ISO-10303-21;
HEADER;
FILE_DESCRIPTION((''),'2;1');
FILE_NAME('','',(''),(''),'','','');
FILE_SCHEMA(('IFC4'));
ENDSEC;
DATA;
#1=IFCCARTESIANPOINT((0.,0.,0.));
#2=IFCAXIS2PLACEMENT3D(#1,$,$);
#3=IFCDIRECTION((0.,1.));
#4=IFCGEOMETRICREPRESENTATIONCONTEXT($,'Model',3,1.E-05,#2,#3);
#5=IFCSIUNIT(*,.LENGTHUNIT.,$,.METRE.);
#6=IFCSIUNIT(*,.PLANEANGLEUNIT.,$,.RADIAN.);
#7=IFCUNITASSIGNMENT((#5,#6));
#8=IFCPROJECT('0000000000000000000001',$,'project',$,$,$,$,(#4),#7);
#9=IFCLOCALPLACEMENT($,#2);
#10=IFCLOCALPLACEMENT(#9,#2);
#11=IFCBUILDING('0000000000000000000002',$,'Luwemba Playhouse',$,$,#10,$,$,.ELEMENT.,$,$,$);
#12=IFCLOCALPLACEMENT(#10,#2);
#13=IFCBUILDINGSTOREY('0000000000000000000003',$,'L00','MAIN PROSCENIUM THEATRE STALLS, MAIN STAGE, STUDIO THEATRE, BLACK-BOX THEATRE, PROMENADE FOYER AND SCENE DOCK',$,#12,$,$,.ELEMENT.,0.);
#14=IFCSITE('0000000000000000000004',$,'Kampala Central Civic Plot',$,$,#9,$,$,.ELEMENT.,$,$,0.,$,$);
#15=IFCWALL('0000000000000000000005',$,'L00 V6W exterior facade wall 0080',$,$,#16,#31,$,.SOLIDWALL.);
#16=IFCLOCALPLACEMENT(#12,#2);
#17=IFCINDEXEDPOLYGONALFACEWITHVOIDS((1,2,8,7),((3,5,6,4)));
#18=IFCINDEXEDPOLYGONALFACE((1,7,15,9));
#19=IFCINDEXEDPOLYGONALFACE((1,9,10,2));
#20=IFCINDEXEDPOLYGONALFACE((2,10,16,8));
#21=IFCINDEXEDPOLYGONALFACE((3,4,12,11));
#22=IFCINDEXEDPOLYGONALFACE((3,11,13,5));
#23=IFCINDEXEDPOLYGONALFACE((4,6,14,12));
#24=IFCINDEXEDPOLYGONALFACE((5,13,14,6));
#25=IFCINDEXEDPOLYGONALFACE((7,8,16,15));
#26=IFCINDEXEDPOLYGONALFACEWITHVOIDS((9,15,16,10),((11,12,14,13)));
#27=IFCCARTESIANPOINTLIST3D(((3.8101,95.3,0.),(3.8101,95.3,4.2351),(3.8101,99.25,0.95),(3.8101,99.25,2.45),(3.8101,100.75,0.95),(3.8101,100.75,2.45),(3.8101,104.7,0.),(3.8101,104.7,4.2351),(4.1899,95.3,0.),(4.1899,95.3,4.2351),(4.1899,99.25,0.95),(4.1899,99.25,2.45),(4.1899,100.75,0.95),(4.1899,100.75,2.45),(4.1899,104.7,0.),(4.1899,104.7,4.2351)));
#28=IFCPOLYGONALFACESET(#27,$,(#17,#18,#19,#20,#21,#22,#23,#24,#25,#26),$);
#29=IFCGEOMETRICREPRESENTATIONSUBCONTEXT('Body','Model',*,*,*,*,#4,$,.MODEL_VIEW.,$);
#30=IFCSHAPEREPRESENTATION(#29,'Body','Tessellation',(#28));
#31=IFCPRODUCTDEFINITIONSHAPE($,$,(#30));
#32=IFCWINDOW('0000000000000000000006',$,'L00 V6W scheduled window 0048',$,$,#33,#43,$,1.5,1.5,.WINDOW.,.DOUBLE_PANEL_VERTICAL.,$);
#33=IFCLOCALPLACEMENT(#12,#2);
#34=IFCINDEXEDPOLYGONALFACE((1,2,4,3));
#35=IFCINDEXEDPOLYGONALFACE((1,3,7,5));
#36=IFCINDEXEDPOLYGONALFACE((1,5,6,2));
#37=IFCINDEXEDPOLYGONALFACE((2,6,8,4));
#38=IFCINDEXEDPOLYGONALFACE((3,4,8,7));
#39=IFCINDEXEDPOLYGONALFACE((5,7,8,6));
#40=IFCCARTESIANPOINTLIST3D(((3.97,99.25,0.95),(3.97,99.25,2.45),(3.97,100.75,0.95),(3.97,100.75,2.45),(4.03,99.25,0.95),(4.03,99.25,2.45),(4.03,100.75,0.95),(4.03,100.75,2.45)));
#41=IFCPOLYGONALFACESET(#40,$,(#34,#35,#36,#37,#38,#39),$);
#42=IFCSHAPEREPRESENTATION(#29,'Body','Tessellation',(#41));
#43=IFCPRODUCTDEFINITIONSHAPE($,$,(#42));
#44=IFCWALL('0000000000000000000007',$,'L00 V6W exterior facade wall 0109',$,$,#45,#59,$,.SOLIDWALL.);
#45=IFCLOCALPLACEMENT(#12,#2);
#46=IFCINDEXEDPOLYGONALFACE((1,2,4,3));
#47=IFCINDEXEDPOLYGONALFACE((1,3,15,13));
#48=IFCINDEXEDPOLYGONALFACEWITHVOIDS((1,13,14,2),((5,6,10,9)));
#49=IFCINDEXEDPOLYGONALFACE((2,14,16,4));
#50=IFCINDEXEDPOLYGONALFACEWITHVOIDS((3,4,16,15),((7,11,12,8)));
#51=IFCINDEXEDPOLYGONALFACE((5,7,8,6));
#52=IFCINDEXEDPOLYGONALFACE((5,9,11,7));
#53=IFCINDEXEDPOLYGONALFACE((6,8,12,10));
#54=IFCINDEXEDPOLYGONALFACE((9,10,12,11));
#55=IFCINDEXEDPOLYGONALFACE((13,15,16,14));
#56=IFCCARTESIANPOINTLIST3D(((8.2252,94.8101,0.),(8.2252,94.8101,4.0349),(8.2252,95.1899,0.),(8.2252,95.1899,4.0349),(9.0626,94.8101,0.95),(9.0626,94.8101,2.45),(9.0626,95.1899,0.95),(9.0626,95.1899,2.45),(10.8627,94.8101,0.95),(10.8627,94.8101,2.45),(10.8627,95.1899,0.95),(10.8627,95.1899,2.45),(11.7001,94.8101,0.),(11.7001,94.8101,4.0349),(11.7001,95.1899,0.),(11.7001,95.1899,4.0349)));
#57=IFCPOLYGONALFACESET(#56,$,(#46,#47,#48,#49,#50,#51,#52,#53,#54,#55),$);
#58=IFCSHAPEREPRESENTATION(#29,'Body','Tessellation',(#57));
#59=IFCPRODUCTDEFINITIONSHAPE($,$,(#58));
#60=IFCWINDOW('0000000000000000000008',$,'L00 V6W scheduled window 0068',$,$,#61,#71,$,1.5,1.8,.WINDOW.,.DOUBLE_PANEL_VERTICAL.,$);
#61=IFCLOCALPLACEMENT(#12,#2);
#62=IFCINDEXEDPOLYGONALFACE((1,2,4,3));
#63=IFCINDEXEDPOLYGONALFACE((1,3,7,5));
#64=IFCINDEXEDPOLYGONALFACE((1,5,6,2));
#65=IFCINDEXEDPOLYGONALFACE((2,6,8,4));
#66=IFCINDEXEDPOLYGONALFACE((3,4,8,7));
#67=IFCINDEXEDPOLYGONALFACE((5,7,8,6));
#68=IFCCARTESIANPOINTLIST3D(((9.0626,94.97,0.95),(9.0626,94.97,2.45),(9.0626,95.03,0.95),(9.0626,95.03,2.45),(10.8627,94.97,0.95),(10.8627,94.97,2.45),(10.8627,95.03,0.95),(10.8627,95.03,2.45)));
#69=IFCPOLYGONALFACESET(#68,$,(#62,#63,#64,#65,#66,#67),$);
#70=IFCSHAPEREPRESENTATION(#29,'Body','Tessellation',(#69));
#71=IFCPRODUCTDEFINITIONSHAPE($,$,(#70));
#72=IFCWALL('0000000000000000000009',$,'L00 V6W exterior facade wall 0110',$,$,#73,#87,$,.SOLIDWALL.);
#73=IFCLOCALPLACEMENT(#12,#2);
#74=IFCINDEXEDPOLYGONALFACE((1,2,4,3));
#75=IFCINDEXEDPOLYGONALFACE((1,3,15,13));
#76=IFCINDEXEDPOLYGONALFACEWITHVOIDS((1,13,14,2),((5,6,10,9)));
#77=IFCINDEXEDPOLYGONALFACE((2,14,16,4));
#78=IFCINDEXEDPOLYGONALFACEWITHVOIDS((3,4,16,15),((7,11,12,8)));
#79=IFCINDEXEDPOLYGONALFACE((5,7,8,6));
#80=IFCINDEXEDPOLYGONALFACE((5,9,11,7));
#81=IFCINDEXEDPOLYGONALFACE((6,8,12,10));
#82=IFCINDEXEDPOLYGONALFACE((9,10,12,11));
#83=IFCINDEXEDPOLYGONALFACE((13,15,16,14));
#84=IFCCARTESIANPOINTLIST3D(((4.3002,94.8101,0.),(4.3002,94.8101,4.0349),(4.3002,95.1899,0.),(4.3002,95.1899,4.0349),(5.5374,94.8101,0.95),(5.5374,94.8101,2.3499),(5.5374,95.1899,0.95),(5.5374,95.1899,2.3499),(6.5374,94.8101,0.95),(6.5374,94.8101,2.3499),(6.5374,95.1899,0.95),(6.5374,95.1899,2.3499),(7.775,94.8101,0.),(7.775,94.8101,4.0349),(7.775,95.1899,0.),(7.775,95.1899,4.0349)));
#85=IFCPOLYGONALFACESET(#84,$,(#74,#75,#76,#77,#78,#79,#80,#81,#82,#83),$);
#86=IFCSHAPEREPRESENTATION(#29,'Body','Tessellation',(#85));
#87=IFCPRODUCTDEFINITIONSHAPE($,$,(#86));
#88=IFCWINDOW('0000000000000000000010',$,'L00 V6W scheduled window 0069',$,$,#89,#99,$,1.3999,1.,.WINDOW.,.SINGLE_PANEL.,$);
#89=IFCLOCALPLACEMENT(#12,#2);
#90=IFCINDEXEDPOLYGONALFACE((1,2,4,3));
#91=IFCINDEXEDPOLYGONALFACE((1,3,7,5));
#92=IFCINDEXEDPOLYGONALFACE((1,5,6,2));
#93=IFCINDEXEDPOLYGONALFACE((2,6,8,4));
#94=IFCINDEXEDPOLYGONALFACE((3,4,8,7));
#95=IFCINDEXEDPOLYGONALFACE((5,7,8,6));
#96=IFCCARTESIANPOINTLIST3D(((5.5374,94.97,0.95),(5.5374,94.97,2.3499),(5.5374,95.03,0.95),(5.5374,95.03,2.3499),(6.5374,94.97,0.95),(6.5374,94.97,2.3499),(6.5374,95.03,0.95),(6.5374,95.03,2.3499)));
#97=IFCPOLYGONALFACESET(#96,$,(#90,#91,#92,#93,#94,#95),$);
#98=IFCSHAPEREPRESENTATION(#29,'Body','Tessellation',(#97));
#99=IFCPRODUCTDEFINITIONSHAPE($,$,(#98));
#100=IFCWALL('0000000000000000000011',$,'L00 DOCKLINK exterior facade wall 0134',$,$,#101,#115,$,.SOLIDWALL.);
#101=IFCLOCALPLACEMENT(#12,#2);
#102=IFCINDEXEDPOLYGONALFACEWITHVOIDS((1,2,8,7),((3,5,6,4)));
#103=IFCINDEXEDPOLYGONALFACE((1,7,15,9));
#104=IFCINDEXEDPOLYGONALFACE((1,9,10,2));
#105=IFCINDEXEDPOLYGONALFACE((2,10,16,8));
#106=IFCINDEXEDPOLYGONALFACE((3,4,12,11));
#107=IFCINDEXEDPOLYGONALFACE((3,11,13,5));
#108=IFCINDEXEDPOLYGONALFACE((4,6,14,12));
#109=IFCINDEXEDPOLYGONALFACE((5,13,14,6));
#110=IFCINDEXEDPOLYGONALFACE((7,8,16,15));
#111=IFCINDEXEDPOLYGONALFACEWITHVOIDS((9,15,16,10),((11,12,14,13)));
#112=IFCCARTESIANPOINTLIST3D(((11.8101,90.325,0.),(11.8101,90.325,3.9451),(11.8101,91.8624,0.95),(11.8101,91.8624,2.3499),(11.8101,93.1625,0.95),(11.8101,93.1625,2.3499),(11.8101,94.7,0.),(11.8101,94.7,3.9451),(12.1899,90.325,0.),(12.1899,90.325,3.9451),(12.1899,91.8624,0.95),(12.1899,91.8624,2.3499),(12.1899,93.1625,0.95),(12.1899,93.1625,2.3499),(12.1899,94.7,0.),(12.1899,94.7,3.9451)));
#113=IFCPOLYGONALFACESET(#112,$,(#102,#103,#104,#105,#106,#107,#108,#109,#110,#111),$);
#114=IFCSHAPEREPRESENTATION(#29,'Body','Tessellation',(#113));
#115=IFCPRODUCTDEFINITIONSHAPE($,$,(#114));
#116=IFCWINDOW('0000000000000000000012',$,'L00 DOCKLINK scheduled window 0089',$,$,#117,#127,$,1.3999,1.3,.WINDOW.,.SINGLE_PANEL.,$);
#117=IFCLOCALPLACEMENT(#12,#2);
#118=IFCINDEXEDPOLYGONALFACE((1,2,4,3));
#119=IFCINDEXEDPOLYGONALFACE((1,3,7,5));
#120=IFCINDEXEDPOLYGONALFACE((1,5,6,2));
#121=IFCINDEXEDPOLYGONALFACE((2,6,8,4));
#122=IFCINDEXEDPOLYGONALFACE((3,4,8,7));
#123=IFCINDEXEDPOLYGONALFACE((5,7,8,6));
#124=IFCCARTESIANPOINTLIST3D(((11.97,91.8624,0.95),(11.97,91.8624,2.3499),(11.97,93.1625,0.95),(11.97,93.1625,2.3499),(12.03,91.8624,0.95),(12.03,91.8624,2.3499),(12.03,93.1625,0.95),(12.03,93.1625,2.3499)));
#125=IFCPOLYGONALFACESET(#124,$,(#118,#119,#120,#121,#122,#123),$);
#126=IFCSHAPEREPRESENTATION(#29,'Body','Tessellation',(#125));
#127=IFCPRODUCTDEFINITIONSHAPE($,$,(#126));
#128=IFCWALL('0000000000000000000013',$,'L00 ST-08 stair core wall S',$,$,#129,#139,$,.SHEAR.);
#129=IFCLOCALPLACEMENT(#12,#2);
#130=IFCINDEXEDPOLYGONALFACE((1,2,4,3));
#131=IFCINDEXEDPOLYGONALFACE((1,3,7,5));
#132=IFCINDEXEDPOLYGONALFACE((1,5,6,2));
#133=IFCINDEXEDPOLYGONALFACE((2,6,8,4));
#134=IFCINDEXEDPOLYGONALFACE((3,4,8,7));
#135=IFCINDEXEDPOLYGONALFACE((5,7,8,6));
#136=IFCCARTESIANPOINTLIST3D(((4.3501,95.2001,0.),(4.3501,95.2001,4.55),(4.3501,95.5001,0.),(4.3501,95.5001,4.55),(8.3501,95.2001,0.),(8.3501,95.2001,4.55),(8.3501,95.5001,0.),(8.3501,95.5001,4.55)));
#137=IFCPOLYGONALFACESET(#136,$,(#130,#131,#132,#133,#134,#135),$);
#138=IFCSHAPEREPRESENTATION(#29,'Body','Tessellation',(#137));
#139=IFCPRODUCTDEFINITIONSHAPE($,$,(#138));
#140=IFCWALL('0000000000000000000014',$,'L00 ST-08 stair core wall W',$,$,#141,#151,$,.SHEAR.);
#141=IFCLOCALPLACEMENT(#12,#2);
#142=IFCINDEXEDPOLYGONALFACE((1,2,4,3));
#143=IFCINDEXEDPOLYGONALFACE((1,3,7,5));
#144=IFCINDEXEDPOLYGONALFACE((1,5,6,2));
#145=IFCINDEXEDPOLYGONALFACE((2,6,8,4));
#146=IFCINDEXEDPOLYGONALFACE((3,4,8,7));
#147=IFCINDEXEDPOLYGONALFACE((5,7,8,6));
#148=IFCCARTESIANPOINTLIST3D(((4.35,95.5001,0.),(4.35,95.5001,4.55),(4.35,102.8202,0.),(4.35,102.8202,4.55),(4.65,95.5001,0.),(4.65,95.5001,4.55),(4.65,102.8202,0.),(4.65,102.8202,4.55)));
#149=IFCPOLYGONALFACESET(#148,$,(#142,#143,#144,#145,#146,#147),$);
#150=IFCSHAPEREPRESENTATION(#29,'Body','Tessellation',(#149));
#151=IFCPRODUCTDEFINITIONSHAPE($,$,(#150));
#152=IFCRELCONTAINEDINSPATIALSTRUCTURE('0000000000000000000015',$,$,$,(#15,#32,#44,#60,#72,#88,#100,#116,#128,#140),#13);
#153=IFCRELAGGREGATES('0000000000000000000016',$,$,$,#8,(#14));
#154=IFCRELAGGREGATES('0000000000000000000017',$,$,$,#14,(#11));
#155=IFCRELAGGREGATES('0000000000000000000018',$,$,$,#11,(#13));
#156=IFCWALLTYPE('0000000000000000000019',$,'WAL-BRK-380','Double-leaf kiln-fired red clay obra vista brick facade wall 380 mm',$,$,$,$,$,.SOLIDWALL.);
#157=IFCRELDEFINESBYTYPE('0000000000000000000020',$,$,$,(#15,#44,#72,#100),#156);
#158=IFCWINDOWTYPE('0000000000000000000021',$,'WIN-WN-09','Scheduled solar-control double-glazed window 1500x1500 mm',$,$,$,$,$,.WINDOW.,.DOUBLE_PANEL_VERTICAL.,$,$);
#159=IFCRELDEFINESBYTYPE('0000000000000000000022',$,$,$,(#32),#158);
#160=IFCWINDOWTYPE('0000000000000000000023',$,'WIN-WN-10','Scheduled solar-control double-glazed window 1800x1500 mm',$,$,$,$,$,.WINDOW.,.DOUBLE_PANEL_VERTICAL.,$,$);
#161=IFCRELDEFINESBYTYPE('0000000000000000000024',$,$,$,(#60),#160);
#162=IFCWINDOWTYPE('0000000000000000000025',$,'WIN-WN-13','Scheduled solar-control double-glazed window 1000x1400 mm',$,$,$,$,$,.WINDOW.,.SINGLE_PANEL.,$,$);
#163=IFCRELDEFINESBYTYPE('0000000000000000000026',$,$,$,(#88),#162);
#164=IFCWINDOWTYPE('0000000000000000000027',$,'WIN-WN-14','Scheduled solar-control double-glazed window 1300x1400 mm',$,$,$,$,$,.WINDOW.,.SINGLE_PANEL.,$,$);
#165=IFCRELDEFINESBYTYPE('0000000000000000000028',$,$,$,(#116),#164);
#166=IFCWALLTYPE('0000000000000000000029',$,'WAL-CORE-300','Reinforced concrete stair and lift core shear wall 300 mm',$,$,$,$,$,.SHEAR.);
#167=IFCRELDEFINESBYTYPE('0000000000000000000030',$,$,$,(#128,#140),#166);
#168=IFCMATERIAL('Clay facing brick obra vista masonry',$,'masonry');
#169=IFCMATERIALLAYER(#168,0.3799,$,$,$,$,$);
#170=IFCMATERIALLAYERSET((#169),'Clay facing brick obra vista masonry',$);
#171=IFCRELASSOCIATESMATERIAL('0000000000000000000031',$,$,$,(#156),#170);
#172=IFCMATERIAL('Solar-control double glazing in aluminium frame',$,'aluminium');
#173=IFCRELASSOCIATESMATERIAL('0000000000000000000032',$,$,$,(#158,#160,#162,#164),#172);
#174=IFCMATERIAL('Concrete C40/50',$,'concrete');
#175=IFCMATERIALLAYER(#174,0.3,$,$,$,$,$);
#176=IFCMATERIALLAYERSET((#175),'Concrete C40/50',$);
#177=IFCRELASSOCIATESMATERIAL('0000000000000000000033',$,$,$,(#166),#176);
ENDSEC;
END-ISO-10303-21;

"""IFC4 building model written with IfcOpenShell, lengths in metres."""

from ifc_helpers import new_model, si_unit, direction, frame, frame_2d, origin, place, context, subcontext, project, spatial, rectangle, extrude, material, layer, layer_set, type_object, element, fill, save


model = new_model("IFC4")

# Units and contexts
model_context = context("Model", 3, precision=1e-05, world=origin(), true_north=direction((0.0, 1.0)))
body_context = subcontext(model_context, "Body", "Model", "MODEL_VIEW")
ifc_project = project(units=[si_unit("LENGTHUNIT", "METRE"), si_unit("PLANEANGLEUNIT", "RADIAN")], contexts=[model_context])

# Site, building, storey
site_placement = place(None, origin())
site = spatial("IfcSite", under=ifc_project, at=site_placement, Name="Kampala Central Civic Plot", CompositionType="ELEMENT", RefElevation=0.0)
building_placement = place(site_placement, origin())
building = spatial("IfcBuilding", under=site, at=building_placement, Name="Luwemba Playhouse", CompositionType="ELEMENT")
storey_placement = place(building_placement, origin())
storey = spatial("IfcBuildingStorey", under=building, at=storey_placement, Name="L00", Description="MAIN PROSCENIUM THEATRE STALLS, MAIN STAGE, STUDIO THEATRE, BLACK-BOX THEATRE, PROMENADE FOYER AND SCENE DOCK", CompositionType="ELEMENT", Elevation=0.0)

# Shared definitions
ifc_material_1 = material(Name="Concrete C40/50", Category="concrete")

# Shared definitions
ifc_material_2 = material(Name="Clay facing brick obra vista masonry", Category="masonry")
ifc_layer_1 = layer(ifc_material_2, 0.3799)
ifc_layer_set_1 = layer_set([ifc_layer_1], Name="Clay facing brick obra vista masonry")
wall_type_1 = type_object("IfcWallType", Name="WAL-BRK-380", Description="Double-leaf kiln-fired red clay obra vista brick facade wall 380 mm", PredefinedType="SOLIDWALL", material=ifc_layer_set_1)

# Walls, openings, windows
ifc_material_3 = material(Name="Solar-control double glazing in aluminium frame", Category="aluminium")
wall_1_placement = place(storey_placement, frame((4.0, 95.3, 0.0), z_axis=(0.0, 0.0, 1.0), x_axis=(0.0, 1.0, 0.0)))
wall_1 = element("IfcWall", 1, at=wall_1_placement, inside=storey, type_object=wall_type_1, Name="L00 V6W exterior facade wall 0080", PredefinedType="SOLIDWALL", context=body_context, shape_type="SweptSolid", body=[
    extrude(rectangle(XDim=9.3999, YDim=0.3799, at=frame_2d((4.7, 0.0))), origin(), (0.0, 0.0, 1.0), 4.2351),
])
opening_1_placement = place(wall_1_placement, frame((3.95, 0.0, 0.95)))
opening_1 = element("IfcOpeningElement", 2, at=opening_1_placement, cuts=wall_1, PredefinedType="OPENING", context=body_context, shape_type="SweptSolid", body=[
    extrude(rectangle(XDim=1.5, YDim=1.5, at=frame_2d((0.75, 0.75))), frame((0.0, 0.2, 0.0), z_axis=(0.0, -1.0, 0.0), x_axis=(1.0, 0.0, 0.0)), (0.0, 0.0, 1.0), 0.3999),
])
window_type_1 = type_object("IfcWindowType", Name="WIN-WN-09", Description="Scheduled solar-control double-glazed window 1500x1500 mm", PartitioningType="DOUBLE_PANEL_VERTICAL", PredefinedType="WINDOW", material=ifc_material_3)
window_1_placement = place(opening_1_placement, origin())
window_1 = element("IfcWindow", 3, at=window_1_placement, inside=storey, type_object=window_type_1, Name="L00 V6W scheduled window 0048", OverallHeight=1.5, OverallWidth=1.5, PartitioningType="DOUBLE_PANEL_VERTICAL", PredefinedType="WINDOW", context=body_context, shape_type="SweptSolid", body=[
    extrude(rectangle(XDim=1.5, YDim=1.5, at=frame_2d((0.75, 0.75))), frame((0.0, 0.03, 0.0), z_axis=(0.0, -1.0, 0.0), x_axis=(1.0, 0.0, 0.0)), (0.0, 0.0, 1.0), 0.0601),
])
fill(opening_1, window_1)
wall_2_placement = place(storey_placement, frame((11.7, 95.0, 0.0), z_axis=(0.0, 0.0, 1.0), x_axis=(-1.0, 0.0, 0.0)))
wall_2 = element("IfcWall", 4, at=wall_2_placement, inside=storey, type_object=wall_type_1, Name="L00 V6W exterior facade wall 0109", PredefinedType="SOLIDWALL", context=body_context, shape_type="SweptSolid", body=[
    extrude(rectangle(XDim=3.4749, YDim=0.3799, at=frame_2d((1.7373, 0.0))), origin(), (0.0, 0.0, 1.0), 4.0349),
])
opening_2_placement = place(wall_2_placement, frame((0.8374, 0.0, 0.95)))
opening_2 = element("IfcOpeningElement", 5, at=opening_2_placement, cuts=wall_2, PredefinedType="OPENING", context=body_context, shape_type="SweptSolid", body=[
    extrude(rectangle(XDim=1.8, YDim=1.5, at=frame_2d((0.8999, 0.75))), frame((0.0, 0.2, 0.0), z_axis=(0.0, -1.0, 0.0), x_axis=(1.0, 0.0, 0.0)), (0.0, 0.0, 1.0), 0.3999),
])
window_type_2 = type_object("IfcWindowType", Name="WIN-WN-10", Description="Scheduled solar-control double-glazed window 1800x1500 mm", PartitioningType="DOUBLE_PANEL_VERTICAL", PredefinedType="WINDOW", material=ifc_material_3)
window_2_placement = place(opening_2_placement, origin())
window_2 = element("IfcWindow", 6, at=window_2_placement, inside=storey, type_object=window_type_2, Name="L00 V6W scheduled window 0068", OverallHeight=1.5, OverallWidth=1.8, PartitioningType="DOUBLE_PANEL_VERTICAL", PredefinedType="WINDOW", context=body_context, shape_type="SweptSolid", body=[
    extrude(rectangle(XDim=1.8, YDim=1.5, at=frame_2d((0.8999, 0.75))), frame((0.0, 0.03, 0.0), z_axis=(0.0, -1.0, 0.0), x_axis=(1.0, 0.0, 0.0)), (0.0, 0.0, 1.0), 0.0601),
])
fill(opening_2, window_2)
wall_3_placement = place(storey_placement, frame((7.7749, 95.0, 0.0), z_axis=(0.0, 0.0, 1.0), x_axis=(-1.0, 0.0, 0.0)))
wall_3 = element("IfcWall", 7, at=wall_3_placement, inside=storey, type_object=wall_type_1, Name="L00 V6W exterior facade wall 0110", PredefinedType="SOLIDWALL", context=body_context, shape_type="SweptSolid", body=[
    extrude(rectangle(XDim=3.4749, YDim=0.3799, at=frame_2d((1.7373, 0.0))), origin(), (0.0, 0.0, 1.0), 4.0349),
])
opening_3_placement = place(wall_3_placement, frame((1.2375, 0.0, 0.95)))
opening_3 = element("IfcOpeningElement", 8, at=opening_3_placement, cuts=wall_3, PredefinedType="OPENING", context=body_context, shape_type="SweptSolid", body=[
    extrude(rectangle(XDim=1.0, YDim=1.3999, at=frame_2d((0.5, 0.7))), frame((0.0, 0.2, 0.0), z_axis=(0.0, -1.0, 0.0), x_axis=(1.0, 0.0, 0.0)), (0.0, 0.0, 1.0), 0.3999),
])
window_type_3 = type_object("IfcWindowType", Name="WIN-WN-13", Description="Scheduled solar-control double-glazed window 1000x1400 mm", PartitioningType="SINGLE_PANEL", PredefinedType="WINDOW", material=ifc_material_3)
window_3_placement = place(opening_3_placement, origin())
window_3 = element("IfcWindow", 9, at=window_3_placement, inside=storey, type_object=window_type_3, Name="L00 V6W scheduled window 0069", OverallHeight=1.3999, OverallWidth=1.0, PartitioningType="SINGLE_PANEL", PredefinedType="WINDOW", context=body_context, shape_type="SweptSolid", body=[
    extrude(rectangle(XDim=1.0, YDim=1.3999, at=frame_2d((0.5, 0.7))), frame((0.0, 0.03, 0.0), z_axis=(0.0, -1.0, 0.0), x_axis=(1.0, 0.0, 0.0)), (0.0, 0.0, 1.0), 0.0601),
])
fill(opening_3, window_3)
wall_4_placement = place(storey_placement, frame((12.0, 90.325, 0.0), z_axis=(0.0, 0.0, 1.0), x_axis=(0.0, 1.0, 0.0)))
wall_4 = element("IfcWall", 10, at=wall_4_placement, inside=storey, type_object=wall_type_1, Name="L00 DOCKLINK exterior facade wall 0134", PredefinedType="SOLIDWALL", context=body_context, shape_type="SweptSolid", body=[
    extrude(rectangle(XDim=4.375, YDim=0.3799, at=frame_2d((2.1875, 0.0))), origin(), (0.0, 0.0, 1.0), 3.9451),
])
opening_4_placement = place(wall_4_placement, frame((1.5376, 0.0, 0.95)))
opening_4 = element("IfcOpeningElement", 11, at=opening_4_placement, cuts=wall_4, PredefinedType="OPENING", context=body_context, shape_type="SweptSolid", body=[
    extrude(rectangle(XDim=1.3, YDim=1.3999, at=frame_2d((0.6499, 0.7))), frame((0.0, 0.2, 0.0), z_axis=(0.0, -1.0, 0.0), x_axis=(1.0, 0.0, 0.0)), (0.0, 0.0, 1.0), 0.3999),
])
window_type_4 = type_object("IfcWindowType", Name="WIN-WN-14", Description="Scheduled solar-control double-glazed window 1300x1400 mm", PartitioningType="SINGLE_PANEL", PredefinedType="WINDOW", material=ifc_material_3)
window_4_placement = place(opening_4_placement, origin())
window_4 = element("IfcWindow", 12, at=window_4_placement, inside=storey, type_object=window_type_4, Name="L00 DOCKLINK scheduled window 0089", OverallHeight=1.3999, OverallWidth=1.3, PartitioningType="SINGLE_PANEL", PredefinedType="WINDOW", context=body_context, shape_type="SweptSolid", body=[
    extrude(rectangle(XDim=1.3, YDim=1.3999, at=frame_2d((0.6499, 0.7))), frame((0.0, 0.03, 0.0), z_axis=(0.0, -1.0, 0.0), x_axis=(1.0, 0.0, 0.0)), (0.0, 0.0, 1.0), 0.0601),
])
fill(opening_4, window_4)

# Walls
ifc_layer_2 = layer(ifc_material_1, 0.3)
ifc_layer_set_2 = layer_set([ifc_layer_2], Name="Concrete C40/50")
wall_type_2 = type_object("IfcWallType", Name="WAL-CORE-300", Description="Reinforced concrete stair and lift core shear wall 300 mm", PredefinedType="SHEAR", material=ifc_layer_set_2)
wall_5_placement = place(storey_placement, frame((4.3501, 95.3501, 0.0), z_axis=(0.0, 0.0, 1.0), x_axis=(1.0, 0.0, 0.0)))
element("IfcWall", 13, at=wall_5_placement, inside=storey, type_object=wall_type_2, Name="L00 ST-08 stair core wall S", PredefinedType="SHEAR", context=body_context, shape_type="SweptSolid", body=[
    extrude(rectangle(XDim=4.0, YDim=0.3, at=frame_2d((2.0, 0.0))), origin(), (0.0, 0.0, 1.0), 4.55),
])
wall_6_placement = place(storey_placement, frame((4.5, 95.5, 0.0), z_axis=(0.0, 0.0, 1.0), x_axis=(0.0, 1.0, 0.0)))
element("IfcWall", 14, at=wall_6_placement, inside=storey, type_object=wall_type_2, Name="L00 ST-08 stair core wall W", PredefinedType="SHEAR", context=body_context, shape_type="SweptSolid", body=[
    extrude(rectangle(XDim=7.3201, YDim=0.3, at=frame_2d((3.6602, 0.0))), origin(), (0.0, 0.0, 1.0), 4.55),
])

save(model, "model.ifc")
